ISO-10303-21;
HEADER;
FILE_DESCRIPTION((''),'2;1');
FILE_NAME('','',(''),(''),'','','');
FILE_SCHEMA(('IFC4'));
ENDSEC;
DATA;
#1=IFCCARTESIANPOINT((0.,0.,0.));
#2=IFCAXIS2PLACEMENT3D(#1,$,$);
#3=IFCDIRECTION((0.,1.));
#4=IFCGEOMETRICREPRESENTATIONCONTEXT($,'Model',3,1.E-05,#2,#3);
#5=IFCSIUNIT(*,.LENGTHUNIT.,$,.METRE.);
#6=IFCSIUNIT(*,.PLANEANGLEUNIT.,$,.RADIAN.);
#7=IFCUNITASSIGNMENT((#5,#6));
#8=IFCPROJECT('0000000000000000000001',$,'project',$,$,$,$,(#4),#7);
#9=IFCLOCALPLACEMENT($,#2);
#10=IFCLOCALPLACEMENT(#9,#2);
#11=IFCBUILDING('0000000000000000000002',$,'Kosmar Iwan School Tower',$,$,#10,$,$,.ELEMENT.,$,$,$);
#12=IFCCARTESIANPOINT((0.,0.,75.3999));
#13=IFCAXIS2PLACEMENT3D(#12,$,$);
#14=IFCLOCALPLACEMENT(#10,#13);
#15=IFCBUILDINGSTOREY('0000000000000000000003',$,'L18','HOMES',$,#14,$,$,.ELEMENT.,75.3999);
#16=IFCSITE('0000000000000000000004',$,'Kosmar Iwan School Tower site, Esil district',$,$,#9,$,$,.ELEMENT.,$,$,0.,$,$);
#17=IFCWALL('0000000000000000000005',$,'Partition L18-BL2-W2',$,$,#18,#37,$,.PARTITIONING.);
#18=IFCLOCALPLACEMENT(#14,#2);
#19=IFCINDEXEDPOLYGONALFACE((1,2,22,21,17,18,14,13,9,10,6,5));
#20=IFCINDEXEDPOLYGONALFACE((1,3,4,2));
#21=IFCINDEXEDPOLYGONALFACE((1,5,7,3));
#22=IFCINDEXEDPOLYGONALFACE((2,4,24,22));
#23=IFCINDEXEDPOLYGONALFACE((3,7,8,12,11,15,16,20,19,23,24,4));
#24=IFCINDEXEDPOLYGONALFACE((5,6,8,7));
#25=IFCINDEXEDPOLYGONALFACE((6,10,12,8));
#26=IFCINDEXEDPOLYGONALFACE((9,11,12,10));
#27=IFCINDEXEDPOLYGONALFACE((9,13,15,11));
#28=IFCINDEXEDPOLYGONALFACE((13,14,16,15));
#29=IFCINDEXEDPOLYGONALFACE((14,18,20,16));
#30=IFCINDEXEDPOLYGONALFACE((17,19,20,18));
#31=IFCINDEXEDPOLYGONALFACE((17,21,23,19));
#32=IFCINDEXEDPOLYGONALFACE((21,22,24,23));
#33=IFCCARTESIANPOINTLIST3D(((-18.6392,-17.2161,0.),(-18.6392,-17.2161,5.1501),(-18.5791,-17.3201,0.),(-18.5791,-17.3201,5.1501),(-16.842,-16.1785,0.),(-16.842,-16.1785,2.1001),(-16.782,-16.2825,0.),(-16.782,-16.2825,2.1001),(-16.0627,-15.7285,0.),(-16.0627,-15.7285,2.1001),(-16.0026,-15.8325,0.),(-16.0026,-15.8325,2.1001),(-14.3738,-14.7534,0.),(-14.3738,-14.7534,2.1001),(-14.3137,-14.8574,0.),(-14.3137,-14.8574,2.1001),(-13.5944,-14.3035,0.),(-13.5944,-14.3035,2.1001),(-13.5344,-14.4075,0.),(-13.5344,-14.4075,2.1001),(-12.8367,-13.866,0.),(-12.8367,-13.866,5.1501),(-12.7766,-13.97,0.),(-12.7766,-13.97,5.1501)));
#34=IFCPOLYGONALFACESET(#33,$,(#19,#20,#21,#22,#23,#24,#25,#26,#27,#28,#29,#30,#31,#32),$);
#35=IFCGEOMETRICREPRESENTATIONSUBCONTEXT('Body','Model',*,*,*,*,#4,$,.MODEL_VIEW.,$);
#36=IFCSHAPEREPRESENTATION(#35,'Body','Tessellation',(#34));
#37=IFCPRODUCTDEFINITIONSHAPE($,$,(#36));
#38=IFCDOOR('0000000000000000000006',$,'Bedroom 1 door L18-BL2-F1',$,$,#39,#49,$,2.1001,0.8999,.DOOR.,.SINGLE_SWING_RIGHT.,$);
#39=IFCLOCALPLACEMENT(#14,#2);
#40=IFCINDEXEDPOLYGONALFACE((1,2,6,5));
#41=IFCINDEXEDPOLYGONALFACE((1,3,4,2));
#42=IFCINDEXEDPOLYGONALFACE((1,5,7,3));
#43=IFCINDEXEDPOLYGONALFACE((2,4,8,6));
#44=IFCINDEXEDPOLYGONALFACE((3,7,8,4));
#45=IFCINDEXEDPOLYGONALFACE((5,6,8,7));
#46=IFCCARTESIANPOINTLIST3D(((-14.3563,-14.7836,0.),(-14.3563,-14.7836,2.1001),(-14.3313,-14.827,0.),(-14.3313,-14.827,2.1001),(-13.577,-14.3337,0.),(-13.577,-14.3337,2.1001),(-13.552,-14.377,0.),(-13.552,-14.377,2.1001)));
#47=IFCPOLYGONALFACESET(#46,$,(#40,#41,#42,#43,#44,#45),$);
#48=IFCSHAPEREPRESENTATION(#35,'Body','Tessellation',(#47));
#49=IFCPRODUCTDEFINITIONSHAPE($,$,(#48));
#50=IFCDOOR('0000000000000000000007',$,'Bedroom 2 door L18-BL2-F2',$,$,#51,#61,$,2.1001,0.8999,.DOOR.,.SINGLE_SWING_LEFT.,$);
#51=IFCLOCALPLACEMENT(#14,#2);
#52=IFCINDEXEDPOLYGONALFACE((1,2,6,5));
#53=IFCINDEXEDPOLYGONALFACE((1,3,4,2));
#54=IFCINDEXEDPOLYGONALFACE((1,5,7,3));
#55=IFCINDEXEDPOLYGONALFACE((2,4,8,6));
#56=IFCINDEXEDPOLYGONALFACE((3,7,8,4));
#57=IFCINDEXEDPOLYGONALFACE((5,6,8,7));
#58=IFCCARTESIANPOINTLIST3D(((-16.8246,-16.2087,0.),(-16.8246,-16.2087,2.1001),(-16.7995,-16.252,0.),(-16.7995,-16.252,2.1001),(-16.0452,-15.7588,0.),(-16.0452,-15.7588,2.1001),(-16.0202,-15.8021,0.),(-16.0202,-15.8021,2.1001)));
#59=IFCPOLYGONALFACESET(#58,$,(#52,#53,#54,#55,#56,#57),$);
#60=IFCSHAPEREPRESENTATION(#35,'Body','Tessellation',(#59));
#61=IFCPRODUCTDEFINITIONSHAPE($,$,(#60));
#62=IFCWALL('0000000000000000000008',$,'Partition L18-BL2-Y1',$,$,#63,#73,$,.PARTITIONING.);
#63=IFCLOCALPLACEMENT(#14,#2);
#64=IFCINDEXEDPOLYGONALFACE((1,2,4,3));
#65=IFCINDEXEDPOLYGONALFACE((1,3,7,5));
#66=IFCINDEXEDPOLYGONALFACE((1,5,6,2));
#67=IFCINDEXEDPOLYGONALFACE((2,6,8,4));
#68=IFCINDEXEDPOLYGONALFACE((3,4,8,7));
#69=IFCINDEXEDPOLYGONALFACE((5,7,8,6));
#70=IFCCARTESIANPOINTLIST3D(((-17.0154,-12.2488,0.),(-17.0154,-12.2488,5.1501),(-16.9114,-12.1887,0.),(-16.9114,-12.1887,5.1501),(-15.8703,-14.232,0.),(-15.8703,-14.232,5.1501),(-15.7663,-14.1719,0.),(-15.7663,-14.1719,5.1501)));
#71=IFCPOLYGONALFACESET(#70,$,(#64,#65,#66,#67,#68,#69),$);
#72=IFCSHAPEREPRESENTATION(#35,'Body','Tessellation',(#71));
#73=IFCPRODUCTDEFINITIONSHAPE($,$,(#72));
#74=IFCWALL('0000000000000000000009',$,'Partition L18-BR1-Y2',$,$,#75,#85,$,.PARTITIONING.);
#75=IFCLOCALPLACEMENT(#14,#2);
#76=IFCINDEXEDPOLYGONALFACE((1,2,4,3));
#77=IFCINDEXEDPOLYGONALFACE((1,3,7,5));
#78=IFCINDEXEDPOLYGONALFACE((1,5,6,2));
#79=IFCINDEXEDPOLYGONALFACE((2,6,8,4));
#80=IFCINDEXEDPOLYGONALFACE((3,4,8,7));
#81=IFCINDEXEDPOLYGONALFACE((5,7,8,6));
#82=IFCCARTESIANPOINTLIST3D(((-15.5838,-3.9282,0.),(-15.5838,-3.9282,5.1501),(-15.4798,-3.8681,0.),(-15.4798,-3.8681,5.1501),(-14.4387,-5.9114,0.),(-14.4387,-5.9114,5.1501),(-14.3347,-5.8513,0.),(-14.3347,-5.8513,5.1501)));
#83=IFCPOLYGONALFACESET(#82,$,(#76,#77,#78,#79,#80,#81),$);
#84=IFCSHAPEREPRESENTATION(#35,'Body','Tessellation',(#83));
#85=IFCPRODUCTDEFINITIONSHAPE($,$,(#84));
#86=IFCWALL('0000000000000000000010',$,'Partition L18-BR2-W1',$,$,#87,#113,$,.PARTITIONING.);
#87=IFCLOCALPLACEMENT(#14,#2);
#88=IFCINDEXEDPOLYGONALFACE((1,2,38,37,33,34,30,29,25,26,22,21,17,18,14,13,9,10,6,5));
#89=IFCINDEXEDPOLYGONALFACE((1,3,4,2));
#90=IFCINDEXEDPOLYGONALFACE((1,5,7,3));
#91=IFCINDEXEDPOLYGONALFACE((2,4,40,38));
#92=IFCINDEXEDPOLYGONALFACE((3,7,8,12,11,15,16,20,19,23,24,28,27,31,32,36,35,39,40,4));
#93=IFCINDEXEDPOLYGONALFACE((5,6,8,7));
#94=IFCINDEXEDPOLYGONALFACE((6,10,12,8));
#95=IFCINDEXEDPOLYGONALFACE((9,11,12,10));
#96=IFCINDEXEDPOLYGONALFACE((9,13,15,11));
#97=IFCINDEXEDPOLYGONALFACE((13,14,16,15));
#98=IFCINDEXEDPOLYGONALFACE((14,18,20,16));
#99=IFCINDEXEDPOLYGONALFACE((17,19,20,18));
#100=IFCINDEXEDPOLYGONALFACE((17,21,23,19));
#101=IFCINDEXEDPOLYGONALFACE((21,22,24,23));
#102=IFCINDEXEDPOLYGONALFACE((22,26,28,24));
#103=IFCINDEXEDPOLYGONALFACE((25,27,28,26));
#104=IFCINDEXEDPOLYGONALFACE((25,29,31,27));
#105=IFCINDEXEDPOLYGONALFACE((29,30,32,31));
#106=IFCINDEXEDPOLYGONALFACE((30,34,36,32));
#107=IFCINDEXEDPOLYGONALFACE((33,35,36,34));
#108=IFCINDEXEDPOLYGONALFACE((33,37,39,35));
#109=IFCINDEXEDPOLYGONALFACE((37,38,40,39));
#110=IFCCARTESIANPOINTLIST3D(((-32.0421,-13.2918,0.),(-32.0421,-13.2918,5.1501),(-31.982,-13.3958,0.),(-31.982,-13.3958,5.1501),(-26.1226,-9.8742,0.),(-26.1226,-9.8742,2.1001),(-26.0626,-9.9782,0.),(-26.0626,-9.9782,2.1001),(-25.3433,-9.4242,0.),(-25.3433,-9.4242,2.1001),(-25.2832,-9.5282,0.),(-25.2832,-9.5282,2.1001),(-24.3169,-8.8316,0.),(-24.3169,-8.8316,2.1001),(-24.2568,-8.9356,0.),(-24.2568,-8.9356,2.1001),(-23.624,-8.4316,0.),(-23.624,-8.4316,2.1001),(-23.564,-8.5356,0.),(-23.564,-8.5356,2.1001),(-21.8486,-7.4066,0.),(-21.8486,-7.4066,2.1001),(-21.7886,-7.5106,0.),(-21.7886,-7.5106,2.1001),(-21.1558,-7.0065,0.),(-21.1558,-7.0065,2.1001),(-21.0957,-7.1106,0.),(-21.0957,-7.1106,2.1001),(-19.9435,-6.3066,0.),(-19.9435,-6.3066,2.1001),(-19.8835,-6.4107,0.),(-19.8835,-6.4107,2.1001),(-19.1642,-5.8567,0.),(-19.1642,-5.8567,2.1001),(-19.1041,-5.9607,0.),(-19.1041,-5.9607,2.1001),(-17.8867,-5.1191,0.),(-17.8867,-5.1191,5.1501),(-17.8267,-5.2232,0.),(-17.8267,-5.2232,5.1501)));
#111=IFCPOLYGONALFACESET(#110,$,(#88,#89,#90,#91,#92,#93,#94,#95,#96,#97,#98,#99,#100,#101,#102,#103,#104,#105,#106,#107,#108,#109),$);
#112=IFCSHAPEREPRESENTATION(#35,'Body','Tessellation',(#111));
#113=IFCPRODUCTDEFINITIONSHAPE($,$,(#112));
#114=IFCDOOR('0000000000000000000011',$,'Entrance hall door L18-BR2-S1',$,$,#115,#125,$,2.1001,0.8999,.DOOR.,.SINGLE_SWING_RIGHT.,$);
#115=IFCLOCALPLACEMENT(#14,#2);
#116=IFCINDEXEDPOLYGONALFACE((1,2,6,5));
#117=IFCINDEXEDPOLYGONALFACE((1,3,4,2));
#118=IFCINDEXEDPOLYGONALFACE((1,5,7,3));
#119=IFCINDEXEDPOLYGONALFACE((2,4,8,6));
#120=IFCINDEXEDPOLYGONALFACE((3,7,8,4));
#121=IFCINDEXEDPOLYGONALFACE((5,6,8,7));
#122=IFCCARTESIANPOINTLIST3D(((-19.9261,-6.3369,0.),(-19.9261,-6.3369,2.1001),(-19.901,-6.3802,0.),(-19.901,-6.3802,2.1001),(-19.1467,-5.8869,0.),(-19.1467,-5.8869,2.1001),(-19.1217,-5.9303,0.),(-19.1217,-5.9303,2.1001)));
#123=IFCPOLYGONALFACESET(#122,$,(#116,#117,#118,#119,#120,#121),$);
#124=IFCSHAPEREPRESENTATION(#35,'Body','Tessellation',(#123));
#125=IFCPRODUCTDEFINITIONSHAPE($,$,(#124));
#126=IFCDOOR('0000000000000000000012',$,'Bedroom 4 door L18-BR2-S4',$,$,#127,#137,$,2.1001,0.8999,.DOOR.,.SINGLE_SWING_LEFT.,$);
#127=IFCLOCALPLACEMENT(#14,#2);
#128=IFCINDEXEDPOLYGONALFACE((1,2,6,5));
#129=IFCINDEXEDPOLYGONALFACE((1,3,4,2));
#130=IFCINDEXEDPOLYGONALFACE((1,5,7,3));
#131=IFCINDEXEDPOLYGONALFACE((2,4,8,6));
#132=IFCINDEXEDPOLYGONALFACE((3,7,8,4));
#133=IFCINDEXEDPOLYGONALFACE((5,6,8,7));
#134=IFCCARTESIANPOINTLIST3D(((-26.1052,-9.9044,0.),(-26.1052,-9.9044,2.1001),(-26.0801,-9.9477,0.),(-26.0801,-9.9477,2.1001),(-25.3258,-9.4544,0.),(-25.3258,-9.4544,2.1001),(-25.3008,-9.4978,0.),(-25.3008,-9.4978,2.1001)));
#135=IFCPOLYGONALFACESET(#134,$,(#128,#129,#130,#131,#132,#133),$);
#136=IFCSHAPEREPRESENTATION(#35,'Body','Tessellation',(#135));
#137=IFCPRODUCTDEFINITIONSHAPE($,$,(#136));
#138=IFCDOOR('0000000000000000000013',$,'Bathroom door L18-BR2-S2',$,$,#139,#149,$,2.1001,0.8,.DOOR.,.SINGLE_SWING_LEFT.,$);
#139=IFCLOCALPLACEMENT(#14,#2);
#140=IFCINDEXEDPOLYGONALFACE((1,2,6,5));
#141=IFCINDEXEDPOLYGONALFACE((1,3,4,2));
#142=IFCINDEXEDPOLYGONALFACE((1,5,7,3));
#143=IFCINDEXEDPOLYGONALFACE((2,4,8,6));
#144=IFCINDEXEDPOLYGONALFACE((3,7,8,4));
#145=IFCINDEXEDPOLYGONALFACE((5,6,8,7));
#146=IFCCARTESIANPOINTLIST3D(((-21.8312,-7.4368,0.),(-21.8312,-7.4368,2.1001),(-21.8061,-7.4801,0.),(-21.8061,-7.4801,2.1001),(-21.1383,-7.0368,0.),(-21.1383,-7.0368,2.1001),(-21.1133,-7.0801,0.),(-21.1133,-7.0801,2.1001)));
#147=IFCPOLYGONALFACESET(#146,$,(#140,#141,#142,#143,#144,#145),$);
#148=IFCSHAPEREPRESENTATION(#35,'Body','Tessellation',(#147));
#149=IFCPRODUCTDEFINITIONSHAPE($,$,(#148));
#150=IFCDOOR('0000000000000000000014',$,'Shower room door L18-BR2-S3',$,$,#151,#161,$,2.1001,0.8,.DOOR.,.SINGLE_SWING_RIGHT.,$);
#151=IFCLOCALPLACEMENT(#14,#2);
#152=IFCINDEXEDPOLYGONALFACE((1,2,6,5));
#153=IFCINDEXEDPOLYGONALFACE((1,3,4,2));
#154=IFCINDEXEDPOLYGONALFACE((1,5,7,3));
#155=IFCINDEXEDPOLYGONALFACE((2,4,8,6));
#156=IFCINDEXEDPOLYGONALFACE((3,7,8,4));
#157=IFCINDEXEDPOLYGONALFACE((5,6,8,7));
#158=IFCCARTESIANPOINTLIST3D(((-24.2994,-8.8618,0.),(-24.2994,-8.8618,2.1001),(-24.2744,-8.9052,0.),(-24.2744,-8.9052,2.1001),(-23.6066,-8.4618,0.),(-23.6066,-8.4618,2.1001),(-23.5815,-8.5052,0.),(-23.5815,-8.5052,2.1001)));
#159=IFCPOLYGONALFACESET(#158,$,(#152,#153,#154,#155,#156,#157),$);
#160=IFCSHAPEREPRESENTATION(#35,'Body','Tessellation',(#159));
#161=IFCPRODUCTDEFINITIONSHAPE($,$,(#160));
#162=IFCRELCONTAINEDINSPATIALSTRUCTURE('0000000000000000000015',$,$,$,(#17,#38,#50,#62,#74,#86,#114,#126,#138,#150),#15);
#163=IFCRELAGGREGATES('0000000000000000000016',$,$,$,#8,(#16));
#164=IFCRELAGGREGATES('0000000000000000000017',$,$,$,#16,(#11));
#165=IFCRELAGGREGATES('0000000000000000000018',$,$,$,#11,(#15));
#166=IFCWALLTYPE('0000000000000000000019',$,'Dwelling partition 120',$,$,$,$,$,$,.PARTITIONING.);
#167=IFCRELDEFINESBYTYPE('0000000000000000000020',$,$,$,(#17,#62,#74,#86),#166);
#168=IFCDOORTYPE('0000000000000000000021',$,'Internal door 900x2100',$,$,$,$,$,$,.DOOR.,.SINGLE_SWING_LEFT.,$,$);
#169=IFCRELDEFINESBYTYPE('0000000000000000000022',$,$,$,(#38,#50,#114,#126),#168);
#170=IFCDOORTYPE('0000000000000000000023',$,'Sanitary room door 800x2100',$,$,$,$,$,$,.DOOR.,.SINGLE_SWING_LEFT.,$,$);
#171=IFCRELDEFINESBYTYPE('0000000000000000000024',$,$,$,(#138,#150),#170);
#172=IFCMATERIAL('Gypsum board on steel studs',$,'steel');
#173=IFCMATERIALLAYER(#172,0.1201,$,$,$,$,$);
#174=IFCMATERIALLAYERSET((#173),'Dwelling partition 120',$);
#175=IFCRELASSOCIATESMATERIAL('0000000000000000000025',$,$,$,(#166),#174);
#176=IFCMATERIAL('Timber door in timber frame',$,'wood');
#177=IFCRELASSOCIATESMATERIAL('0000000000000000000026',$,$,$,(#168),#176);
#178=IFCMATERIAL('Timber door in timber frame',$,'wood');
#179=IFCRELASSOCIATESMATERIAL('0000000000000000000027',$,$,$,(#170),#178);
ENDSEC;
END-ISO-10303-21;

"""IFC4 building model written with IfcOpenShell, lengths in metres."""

from ifc_helpers import new_model, si_unit, direction, frame, frame_2d, origin, place, context, subcontext, project, spatial, rectangle, extrude, material, layer, layer_set, type_object, element, fill, save


model = new_model("IFC4")

# Units and contexts
model_context = context("Model", 3, precision=1e-05, world=origin(), true_north=direction((0.0, 1.0)))
body_context = subcontext(model_context, "Body", "Model", "MODEL_VIEW")
ifc_project = project(units=[si_unit("LENGTHUNIT", "METRE"), si_unit("PLANEANGLEUNIT", "RADIAN")], contexts=[model_context])

# Site, building, storey
site_placement = place(None, origin())
site = spatial("IfcSite", under=ifc_project, at=site_placement, Name="Kosmar Iwan School Tower site, Esil district", CompositionType="ELEMENT", RefElevation=0.0)
building_placement = place(site_placement, origin())
building = spatial("IfcBuilding", under=site, at=building_placement, Name="Kosmar Iwan School Tower", CompositionType="ELEMENT")
storey_placement = place(building_placement, frame((0.0, 0.0, 75.3999)))
storey = spatial("IfcBuildingStorey", under=building, at=storey_placement, Name="L18", Description="HOMES", CompositionType="ELEMENT", Elevation=75.3999)

# Wall, openings, doors
ifc_material_1 = material(Name="Gypsum board on steel studs", Category="steel")
ifc_layer_1 = layer(ifc_material_1, 0.1201)
ifc_layer_set_1 = layer_set([ifc_layer_1], Name="Dwelling partition 120")
wall_type_1 = type_object("IfcWallType", Name="Dwelling partition 120", PredefinedType="PARTITIONING", material=ifc_layer_set_1)
ifc_material_2 = material(Name="Timber door in timber frame", Category="wood")
door_type_1 = type_object("IfcDoorType", Name="Internal door 900x2100", OperationType="SINGLE_SWING_LEFT", PredefinedType="DOOR", material=ifc_material_2)
ifc_material_3 = material(Name="Timber door in timber frame", Category="wood")
door_type_2 = type_object("IfcDoorType", Name="Sanitary room door 800x2100", OperationType="SINGLE_SWING_LEFT", PredefinedType="DOOR", material=ifc_material_3)
wall_1_placement = place(storey_placement, frame((-12.8066, -13.918, 0.0), z_axis=(0.0, 0.0, 1.0), x_axis=(-0.866024, -0.500003, 0.0)))
wall_1 = element("IfcWall", 1, at=wall_1_placement, inside=storey, type_object=wall_type_1, Name="Partition L18-BL2-W2", PredefinedType="PARTITIONING", context=body_context, shape_type="SweptSolid", body=[
    extrude(rectangle(XDim=6.7002, YDim=0.1201, at=frame_2d((3.3501, 0.0))), origin(), (0.0, 0.0, 1.0), 5.1501),
])
opening_1_placement = place(wall_1_placement, frame((0.875, 0.0, 0.0)))
opening_1 = element("IfcOpeningElement", 2, at=opening_1_placement, cuts=wall_1, PredefinedType="OPENING", context=body_context, shape_type="SweptSolid", body=[
    extrude(rectangle(XDim=0.8999, YDim=2.1001, at=frame_2d((0.45, 1.05))), frame((0.0, 0.072, 0.0), z_axis=(0.0, -1.0, 0.0), x_axis=(1.0, 0.0, 0.0)), (0.0, 0.0, 1.0), 0.144),
])
opening_2_placement = place(wall_1_placement, frame((3.7251, 0.0, 0.0)))
opening_2 = element("IfcOpeningElement", 3, at=opening_2_placement, cuts=wall_1, PredefinedType="OPENING", context=body_context, shape_type="SweptSolid", body=[
    extrude(rectangle(XDim=0.8999, YDim=2.1001, at=frame_2d((0.45, 1.05))), frame((0.0, 0.072, 0.0), z_axis=(0.0, -1.0, 0.0), x_axis=(1.0, 0.0, 0.0)), (0.0, 0.0, 1.0), 0.144),
])
door_1_placement = place(opening_1_placement, origin())
door_1 = element("IfcDoor", 4, at=door_1_placement, inside=storey, type_object=door_type_1, Name="Bedroom 1 door L18-BL2-F1", OperationType="SINGLE_SWING_RIGHT", OverallHeight=2.1001, OverallWidth=0.8999, PredefinedType="DOOR", context=body_context, shape_type="SweptSolid", body=[
    extrude(rectangle(XDim=0.8999, YDim=2.1001, at=frame_2d((0.45, 1.05))), frame((0.0, 0.0249, 0.0), z_axis=(0.0, -1.0, 0.0), x_axis=(1.0, 0.0, 0.0)), (0.0, 0.0, 1.0), 0.05),
])
fill(opening_1, door_1)
door_2_placement = place(opening_2_placement, origin())
door_2 = element("IfcDoor", 5, at=door_2_placement, inside=storey, type_object=door_type_1, Name="Bedroom 2 door L18-BL2-F2", OperationType="SINGLE_SWING_LEFT", OverallHeight=2.1001, OverallWidth=0.8999, PredefinedType="DOOR", context=body_context, shape_type="SweptSolid", body=[
    extrude(rectangle(XDim=0.8999, YDim=2.1001, at=frame_2d((0.45, 1.05))), frame((0.0, 0.0249, 0.0), z_axis=(0.0, -1.0, 0.0), x_axis=(1.0, 0.0, 0.0)), (0.0, 0.0, 1.0), 0.05),
])
fill(opening_2, door_2)

# Walls
for number, where, z_axis, x_axis, name in (
    (6, (-16.9634, -12.2188, 0.0), (0.0, 0.0, 1.0), (0.500015, -0.866017, 0.0), "Partition L18-BL2-Y1"),
    (7, (-14.3867, -5.8813, 0.0), (0.0, 0.0, 1.0), (-0.500015, 0.866017, 0.0), "Partition L18-BR1-Y2"),
):
    element("IfcWall", number, at=place(storey_placement, frame(where, z_axis=z_axis, x_axis=x_axis)), inside=storey, type_object=wall_type_1, Name=name, PredefinedType="PARTITIONING", context=body_context, shape_type="SweptSolid", body=[
        extrude(rectangle(XDim=2.29, YDim=0.1201, at=frame_2d((1.145, 0.0))), origin(), (0.0, 0.0, 1.0), 5.1501),
    ])

# Wall, openings, doors
wall_2_placement = place(storey_placement, frame((-17.8567, -5.1711, 0.0), z_axis=(0.0, 0.0, 1.0), x_axis=(-0.866024, -0.500003, 0.0)))
wall_2 = element("IfcWall", 8, at=wall_2_placement, inside=storey, type_object=wall_type_1, Name="Partition L18-BR2-W1", PredefinedType="PARTITIONING", context=body_context, shape_type="SweptSolid", body=[
    extrude(rectangle(XDim=16.3452, YDim=0.1201, at=frame_2d((8.1726, 0.0))), origin(), (0.0, 0.0, 1.0), 5.1501),
])
opening_3_placement = place(wall_2_placement, frame((1.4751, 0.0, 0.0)))
opening_3 = element("IfcOpeningElement", 9, at=opening_3_placement, cuts=wall_2, PredefinedType="OPENING", context=body_context, shape_type="SweptSolid", body=[
    extrude(rectangle(XDim=0.8999, YDim=2.1001, at=frame_2d((0.45, 1.05))), frame((0.0, 0.072, 0.0), z_axis=(0.0, -1.0, 0.0), x_axis=(1.0, 0.0, 0.0)), (0.0, 0.0, 1.0), 0.144),
])
opening_4_placement = place(wall_2_placement, frame((3.7749, 0.0, 0.0)))
opening_4 = element("IfcOpeningElement", 10, at=opening_4_placement, cuts=wall_2, PredefinedType="OPENING", context=body_context, shape_type="SweptSolid", body=[
    extrude(rectangle(XDim=0.8, YDim=2.1001, at=frame_2d((0.3999, 1.05))), frame((0.0, 0.072, 0.0), z_axis=(0.0, -1.0, 0.0), x_axis=(1.0, 0.0, 0.0)), (0.0, 0.0, 1.0), 0.144),
])
opening_5_placement = place(wall_2_placement, frame((6.625, 0.0, 0.0)))
opening_5 = element("IfcOpeningElement", 11, at=opening_5_placement, cuts=wall_2, PredefinedType="OPENING", context=body_context, shape_type="SweptSolid", body=[
    extrude(rectangle(XDim=0.8, YDim=2.1001, at=frame_2d((0.3999, 1.05))), frame((0.0, 0.072, 0.0), z_axis=(0.0, -1.0, 0.0), x_axis=(1.0, 0.0, 0.0)), (0.0, 0.0, 1.0), 0.144),
])
opening_6_placement = place(wall_2_placement, frame((8.6101, 0.0, 0.0)))
opening_6 = element("IfcOpeningElement", 12, at=opening_6_placement, cuts=wall_2, PredefinedType="OPENING", context=body_context, shape_type="SweptSolid", body=[
    extrude(rectangle(XDim=0.8999, YDim=2.1001, at=frame_2d((0.45, 1.05))), frame((0.0, 0.072, 0.0), z_axis=(0.0, -1.0, 0.0), x_axis=(1.0, 0.0, 0.0)), (0.0, 0.0, 1.0), 0.144),
])
door_3_placement = place(opening_3_placement, origin())
door_3 = element("IfcDoor", 13, at=door_3_placement, inside=storey, type_object=door_type_1, Name="Entrance hall door L18-BR2-S1", OperationType="SINGLE_SWING_RIGHT", OverallHeight=2.1001, OverallWidth=0.8999, PredefinedType="DOOR", context=body_context, shape_type="SweptSolid", body=[
    extrude(rectangle(XDim=0.8999, YDim=2.1001, at=frame_2d((0.45, 1.05))), frame((0.0, 0.0249, 0.0), z_axis=(0.0, -1.0, 0.0), x_axis=(1.0, 0.0, 0.0)), (0.0, 0.0, 1.0), 0.05),
])
fill(opening_3, door_3)
door_4_placement = place(opening_6_placement, origin())
door_4 = element("IfcDoor", 14, at=door_4_placement, inside=storey, type_object=door_type_1, Name="Bedroom 4 door L18-BR2-S4", OperationType="SINGLE_SWING_LEFT", OverallHeight=2.1001, OverallWidth=0.8999, PredefinedType="DOOR", context=body_context, shape_type="SweptSolid", body=[
    extrude(rectangle(XDim=0.8999, YDim=2.1001, at=frame_2d((0.45, 1.05))), frame((0.0, 0.0249, 0.0), z_axis=(0.0, -1.0, 0.0), x_axis=(1.0, 0.0, 0.0)), (0.0, 0.0, 1.0), 0.05),
])
fill(opening_6, door_4)
door_5_placement = place(opening_4_placement, origin())
door_5 = element("IfcDoor", 15, at=door_5_placement, inside=storey, type_object=door_type_2, Name="Bathroom door L18-BR2-S2", OperationType="SINGLE_SWING_LEFT", OverallHeight=2.1001, OverallWidth=0.8, PredefinedType="DOOR", context=body_context, shape_type="SweptSolid", body=[
    extrude(rectangle(XDim=0.8, YDim=2.1001, at=frame_2d((0.3999, 1.05))), frame((0.0, 0.0249, 0.0), z_axis=(0.0, -1.0, 0.0), x_axis=(1.0, 0.0, 0.0)), (0.0, 0.0, 1.0), 0.05),
])
fill(opening_4, door_5)
door_6_placement = place(opening_5_placement, origin())
door_6 = element("IfcDoor", 16, at=door_6_placement, inside=storey, type_object=door_type_2, Name="Shower room door L18-BR2-S3", OperationType="SINGLE_SWING_RIGHT", OverallHeight=2.1001, OverallWidth=0.8, PredefinedType="DOOR", context=body_context, shape_type="SweptSolid", body=[
    extrude(rectangle(XDim=0.8, YDim=2.1001, at=frame_2d((0.3999, 1.05))), frame((0.0, 0.0249, 0.0), z_axis=(0.0, -1.0, 0.0), x_axis=(1.0, 0.0, 0.0)), (0.0, 0.0, 1.0), 0.05),
])
fill(opening_5, door_6)

save(model, "model.ifc")
